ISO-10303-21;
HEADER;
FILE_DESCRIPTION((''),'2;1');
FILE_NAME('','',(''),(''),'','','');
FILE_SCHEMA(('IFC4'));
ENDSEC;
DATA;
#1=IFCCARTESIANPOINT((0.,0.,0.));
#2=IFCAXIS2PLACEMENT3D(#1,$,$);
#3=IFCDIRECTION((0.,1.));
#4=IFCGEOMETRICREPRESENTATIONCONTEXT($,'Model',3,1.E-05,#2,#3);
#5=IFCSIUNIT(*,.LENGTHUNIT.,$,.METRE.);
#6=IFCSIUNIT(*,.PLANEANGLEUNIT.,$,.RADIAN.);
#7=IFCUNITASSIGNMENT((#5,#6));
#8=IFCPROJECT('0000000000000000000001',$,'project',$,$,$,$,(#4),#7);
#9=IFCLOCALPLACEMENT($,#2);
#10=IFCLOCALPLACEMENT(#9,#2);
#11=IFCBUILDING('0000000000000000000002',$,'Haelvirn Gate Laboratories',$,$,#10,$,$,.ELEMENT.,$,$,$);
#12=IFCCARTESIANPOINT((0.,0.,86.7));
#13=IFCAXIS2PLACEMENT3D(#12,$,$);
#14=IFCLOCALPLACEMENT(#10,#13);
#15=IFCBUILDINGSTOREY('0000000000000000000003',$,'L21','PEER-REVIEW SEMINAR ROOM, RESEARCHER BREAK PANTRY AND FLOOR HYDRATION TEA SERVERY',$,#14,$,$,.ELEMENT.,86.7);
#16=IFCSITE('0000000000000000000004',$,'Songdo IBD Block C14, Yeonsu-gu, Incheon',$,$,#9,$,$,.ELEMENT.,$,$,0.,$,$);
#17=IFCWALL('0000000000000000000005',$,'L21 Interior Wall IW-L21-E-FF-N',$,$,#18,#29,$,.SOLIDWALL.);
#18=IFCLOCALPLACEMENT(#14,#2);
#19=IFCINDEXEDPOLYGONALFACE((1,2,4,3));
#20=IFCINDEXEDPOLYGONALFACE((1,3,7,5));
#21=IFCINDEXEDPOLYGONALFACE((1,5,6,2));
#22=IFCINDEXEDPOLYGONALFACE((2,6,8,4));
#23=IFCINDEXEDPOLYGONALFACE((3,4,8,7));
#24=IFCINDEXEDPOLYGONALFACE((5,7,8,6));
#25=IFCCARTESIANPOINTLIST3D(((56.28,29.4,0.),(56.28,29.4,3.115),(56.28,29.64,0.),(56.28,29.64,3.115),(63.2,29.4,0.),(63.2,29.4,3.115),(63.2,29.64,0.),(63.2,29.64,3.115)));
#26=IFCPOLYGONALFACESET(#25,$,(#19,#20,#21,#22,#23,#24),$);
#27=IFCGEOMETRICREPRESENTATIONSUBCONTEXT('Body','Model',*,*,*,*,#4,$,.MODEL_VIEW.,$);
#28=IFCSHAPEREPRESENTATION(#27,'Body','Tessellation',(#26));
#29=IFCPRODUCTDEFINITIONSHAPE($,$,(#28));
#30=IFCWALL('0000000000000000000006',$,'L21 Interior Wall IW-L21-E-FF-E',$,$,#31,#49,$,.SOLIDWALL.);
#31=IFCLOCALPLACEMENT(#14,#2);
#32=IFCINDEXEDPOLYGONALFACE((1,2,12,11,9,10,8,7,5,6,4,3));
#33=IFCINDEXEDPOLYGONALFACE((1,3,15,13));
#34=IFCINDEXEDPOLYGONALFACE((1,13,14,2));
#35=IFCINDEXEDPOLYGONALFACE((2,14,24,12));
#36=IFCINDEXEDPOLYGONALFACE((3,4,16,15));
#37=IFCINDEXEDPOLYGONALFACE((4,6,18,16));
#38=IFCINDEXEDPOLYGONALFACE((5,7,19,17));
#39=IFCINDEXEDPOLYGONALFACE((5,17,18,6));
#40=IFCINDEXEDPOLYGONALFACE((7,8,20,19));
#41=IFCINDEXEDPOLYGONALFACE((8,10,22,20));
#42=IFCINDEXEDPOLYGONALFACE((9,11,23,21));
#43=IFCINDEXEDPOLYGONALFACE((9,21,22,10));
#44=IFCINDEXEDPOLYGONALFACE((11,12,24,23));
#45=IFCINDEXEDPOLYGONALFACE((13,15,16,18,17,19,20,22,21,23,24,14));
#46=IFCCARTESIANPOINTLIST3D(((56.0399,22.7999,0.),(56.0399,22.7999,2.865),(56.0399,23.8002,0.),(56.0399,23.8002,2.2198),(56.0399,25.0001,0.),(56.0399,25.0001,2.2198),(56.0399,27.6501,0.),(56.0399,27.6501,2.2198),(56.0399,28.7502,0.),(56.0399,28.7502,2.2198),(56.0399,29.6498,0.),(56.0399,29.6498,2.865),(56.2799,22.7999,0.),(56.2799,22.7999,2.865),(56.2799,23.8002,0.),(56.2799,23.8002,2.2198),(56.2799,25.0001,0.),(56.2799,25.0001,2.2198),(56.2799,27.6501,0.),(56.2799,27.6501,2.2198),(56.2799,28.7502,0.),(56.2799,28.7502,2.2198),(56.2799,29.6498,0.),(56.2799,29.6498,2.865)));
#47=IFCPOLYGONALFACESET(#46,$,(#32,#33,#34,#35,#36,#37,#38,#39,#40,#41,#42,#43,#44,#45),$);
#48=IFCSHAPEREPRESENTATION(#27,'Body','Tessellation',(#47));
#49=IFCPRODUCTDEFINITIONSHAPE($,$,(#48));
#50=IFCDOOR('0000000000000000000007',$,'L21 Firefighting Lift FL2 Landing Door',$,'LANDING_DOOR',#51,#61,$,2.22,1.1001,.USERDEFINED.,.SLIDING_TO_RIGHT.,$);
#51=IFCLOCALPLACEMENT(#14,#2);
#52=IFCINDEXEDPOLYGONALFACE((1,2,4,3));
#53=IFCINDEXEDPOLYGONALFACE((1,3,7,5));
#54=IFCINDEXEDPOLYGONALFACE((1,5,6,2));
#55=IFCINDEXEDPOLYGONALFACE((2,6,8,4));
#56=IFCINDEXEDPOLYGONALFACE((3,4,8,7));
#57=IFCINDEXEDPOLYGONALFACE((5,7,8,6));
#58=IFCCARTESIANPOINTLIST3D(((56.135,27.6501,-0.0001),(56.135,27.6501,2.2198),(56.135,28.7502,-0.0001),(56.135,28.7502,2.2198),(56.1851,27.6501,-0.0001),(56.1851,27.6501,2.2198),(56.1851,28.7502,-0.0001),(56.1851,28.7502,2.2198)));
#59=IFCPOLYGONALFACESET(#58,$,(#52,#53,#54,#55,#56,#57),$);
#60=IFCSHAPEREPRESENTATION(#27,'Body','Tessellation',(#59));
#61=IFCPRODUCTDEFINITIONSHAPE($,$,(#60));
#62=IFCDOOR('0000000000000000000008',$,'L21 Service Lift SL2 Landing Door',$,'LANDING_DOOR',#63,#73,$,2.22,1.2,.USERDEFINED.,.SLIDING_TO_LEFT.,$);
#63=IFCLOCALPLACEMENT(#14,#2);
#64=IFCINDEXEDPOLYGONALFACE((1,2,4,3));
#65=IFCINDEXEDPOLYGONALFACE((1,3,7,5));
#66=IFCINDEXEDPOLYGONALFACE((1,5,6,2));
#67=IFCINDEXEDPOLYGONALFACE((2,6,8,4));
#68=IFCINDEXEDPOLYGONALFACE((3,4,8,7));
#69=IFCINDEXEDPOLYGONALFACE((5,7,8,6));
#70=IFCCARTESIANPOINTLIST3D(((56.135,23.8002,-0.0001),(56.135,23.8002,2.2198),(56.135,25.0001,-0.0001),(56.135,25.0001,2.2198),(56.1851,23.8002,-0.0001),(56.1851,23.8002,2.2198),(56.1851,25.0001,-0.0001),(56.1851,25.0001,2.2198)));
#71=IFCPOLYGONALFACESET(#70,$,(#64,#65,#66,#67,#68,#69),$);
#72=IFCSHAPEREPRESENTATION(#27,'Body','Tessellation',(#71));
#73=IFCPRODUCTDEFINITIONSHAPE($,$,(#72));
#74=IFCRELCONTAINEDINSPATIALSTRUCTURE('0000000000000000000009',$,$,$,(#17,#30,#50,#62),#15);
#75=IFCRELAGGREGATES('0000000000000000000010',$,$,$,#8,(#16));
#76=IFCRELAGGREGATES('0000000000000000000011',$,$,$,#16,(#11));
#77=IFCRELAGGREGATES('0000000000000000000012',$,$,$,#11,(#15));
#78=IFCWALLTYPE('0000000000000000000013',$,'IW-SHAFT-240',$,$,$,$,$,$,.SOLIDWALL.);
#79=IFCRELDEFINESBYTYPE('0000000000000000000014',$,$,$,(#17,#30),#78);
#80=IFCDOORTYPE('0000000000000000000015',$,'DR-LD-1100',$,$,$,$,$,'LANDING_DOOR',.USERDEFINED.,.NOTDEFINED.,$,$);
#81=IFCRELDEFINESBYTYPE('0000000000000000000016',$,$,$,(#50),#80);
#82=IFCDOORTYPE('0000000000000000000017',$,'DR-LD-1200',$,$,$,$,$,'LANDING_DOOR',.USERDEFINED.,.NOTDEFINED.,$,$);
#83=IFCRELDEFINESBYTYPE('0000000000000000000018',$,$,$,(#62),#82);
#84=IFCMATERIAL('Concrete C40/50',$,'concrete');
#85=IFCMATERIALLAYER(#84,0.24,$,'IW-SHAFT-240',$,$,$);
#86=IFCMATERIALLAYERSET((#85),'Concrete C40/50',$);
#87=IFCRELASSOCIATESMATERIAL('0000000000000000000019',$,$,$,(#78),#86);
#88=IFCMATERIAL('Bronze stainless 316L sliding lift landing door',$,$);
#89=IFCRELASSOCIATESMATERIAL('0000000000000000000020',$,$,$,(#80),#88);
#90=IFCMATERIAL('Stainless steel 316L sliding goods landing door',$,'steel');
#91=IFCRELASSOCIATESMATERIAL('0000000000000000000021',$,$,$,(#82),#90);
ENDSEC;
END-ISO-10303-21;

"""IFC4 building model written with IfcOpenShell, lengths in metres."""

from ifc_helpers import new_model, si_unit, direction, frame, frame_2d, origin, place, context, subcontext, project, spatial, rectangle, extrude, source, transform, mapped, material, layer, layer_set, type_object, type_shapes, element, fill, save


model = new_model("IFC4")

# Units and contexts
model_context = context("Model", 3, precision=1e-05, world=origin(), true_north=direction((0.0, 1.0)))
body_context = subcontext(model_context, "Body", "Model", "MODEL_VIEW")
ifc_project = project(units=[si_unit("LENGTHUNIT", "METRE"), si_unit("PLANEANGLEUNIT", "RADIAN")], contexts=[model_context])

# Site, building, storey
site_placement = place(None, origin())
site = spatial("IfcSite", under=ifc_project, at=site_placement, Name="Songdo IBD Block C14, Yeonsu-gu, Incheon", CompositionType="ELEMENT", RefElevation=0.0)
building_placement = place(site_placement, origin())
building = spatial("IfcBuilding", under=site, at=building_placement, Name="Haelvirn Gate Laboratories", CompositionType="ELEMENT")
storey_placement = place(building_placement, frame((0.0, 0.0, 86.7)))
storey = spatial("IfcBuildingStorey", under=building, at=storey_placement, Name="L21", Description="PEER-REVIEW SEMINAR ROOM, RESEARCHER BREAK PANTRY AND FLOOR HYDRATION TEA SERVERY", CompositionType="ELEMENT", Elevation=86.7)

# Shared definitions
ifc_material_1 = material(Name="Concrete C40/50", Category="concrete")

# Shared definitions
ifc_layer_1 = layer(ifc_material_1, 0.24, Name="IW-SHAFT-240")
ifc_layer_set_1 = layer_set([ifc_layer_1], Name="Concrete C40/50")
wall_type_1 = type_object("IfcWallType", Name="IW-SHAFT-240", PredefinedType="SOLIDWALL", material=ifc_layer_set_1)

# Wall
wall_1_placement = place(storey_placement, frame((56.28, 29.52, 0.0), z_axis=(0.0, 0.0, 1.0), x_axis=(1.0, 0.0, 0.0)))
element("IfcWall", 1, at=wall_1_placement, inside=storey, type_object=wall_type_1, Name="L21 Interior Wall IW-L21-E-FF-N", PredefinedType="SOLIDWALL", context=body_context, shape_type="SweptSolid", body=[
    extrude(rectangle(XDim=6.9199, YDim=0.24, at=frame_2d((3.46, 0.0))), origin(), (0.0, 0.0, 1.0), 3.115),
])

# Wall, openings, doors
wall_2_placement = place(storey_placement, frame((56.1599, 22.8, 0.0), z_axis=(0.0, 0.0, 1.0), x_axis=(0.0, 1.0, 0.0)))
wall_2 = element("IfcWall", 2, at=wall_2_placement, inside=storey, type_object=wall_type_1, Name="L21 Interior Wall IW-L21-E-FF-E", PredefinedType="SOLIDWALL", context=body_context, shape_type="SweptSolid", body=[
    extrude(rectangle(XDim=6.8499, YDim=0.24, at=frame_2d((3.4248, 0.0))), origin(), (0.0, 0.0, 1.0), 2.865),
])
opening_1_placement = place(wall_2_placement, frame((4.8501, 0.0, 0.0)))
opening_1 = element("IfcOpeningElement", 3, at=opening_1_placement, cuts=wall_2, PredefinedType="OPENING", context=body_context, shape_type="SweptSolid", body=[
    extrude(rectangle(XDim=1.1001, YDim=2.22, at=frame_2d((0.55, 1.1099))), frame((0.0, 0.1299, 0.0), z_axis=(0.0, -1.0, 0.0), x_axis=(1.0, 0.0, 0.0)), (0.0, 0.0, 1.0), 0.26),
])
opening_2_placement = place(wall_2_placement, frame((1.0, 0.0, 0.0)))
opening_2 = element("IfcOpeningElement", 4, at=opening_2_placement, cuts=wall_2, PredefinedType="OPENING", context=body_context, shape_type="SweptSolid", body=[
    extrude(rectangle(XDim=1.2, YDim=2.22, at=frame_2d((0.6001, 1.1099))), frame((0.0, 0.1299, 0.0), z_axis=(0.0, -1.0, 0.0), x_axis=(1.0, 0.0, 0.0)), (0.0, 0.0, 1.0), 0.26),
])
ifc_material_2 = material(Name="Bronze stainless 316L sliding lift landing door")
door_type_1 = type_object("IfcDoorType", Name="DR-LD-1100", ElementType="LANDING_DOOR", OperationType="NOTDEFINED", PredefinedType="USERDEFINED", material=ifc_material_2)
shared_shape_1 = source(origin(), body_context, "Body", "SweptSolid", [
    extrude(rectangle(XDim=1.1001, YDim=2.22, at=frame_2d((0.55, 1.1099))), frame((0.0, 0.0249, 0.0), z_axis=(0.0, -1.0, 0.0), x_axis=(1.0, 0.0, 0.0)), (0.0, 0.0, 1.0), 0.05),
])
type_shapes(door_type_1, [shared_shape_1])
door_1_placement = place(opening_1_placement, origin())
door_1 = element("IfcDoor", 5, at=door_1_placement, inside=storey, type_object=door_type_1, Name="L21 Firefighting Lift FL2 Landing Door", ObjectType="LANDING_DOOR", OperationType="SLIDING_TO_RIGHT", OverallHeight=2.22, OverallWidth=1.1001, PredefinedType="USERDEFINED", context=body_context, shape_type="MappedRepresentation", body=[
    mapped(shared_shape_1, transform((0.0, 0.0, 0.0), scale=1.0)),
])
fill(opening_1, door_1)
ifc_material_3 = material(Name="Stainless steel 316L sliding goods landing door", Category="steel")
door_type_2 = type_object("IfcDoorType", Name="DR-LD-1200", ElementType="LANDING_DOOR", OperationType="NOTDEFINED", PredefinedType="USERDEFINED", material=ifc_material_3)
shared_shape_2 = source(origin(), body_context, "Body", "SweptSolid", [
    extrude(rectangle(XDim=1.2, YDim=2.22, at=frame_2d((0.6001, 1.1099))), frame((0.0, 0.0249, 0.0), z_axis=(0.0, -1.0, 0.0), x_axis=(1.0, 0.0, 0.0)), (0.0, 0.0, 1.0), 0.05),
])
type_shapes(door_type_2, [shared_shape_2])
door_2_placement = place(opening_2_placement, origin())
door_2 = element("IfcDoor", 6, at=door_2_placement, inside=storey, type_object=door_type_2, Name="L21 Service Lift SL2 Landing Door", ObjectType="LANDING_DOOR", OperationType="SLIDING_TO_LEFT", OverallHeight=2.22, OverallWidth=1.2, PredefinedType="USERDEFINED", context=body_context, shape_type="MappedRepresentation", body=[
    mapped(shared_shape_2, transform((0.0, 0.0, 0.0), scale=1.0)),
])
fill(opening_2, door_2)

save(model, "model.ifc")
